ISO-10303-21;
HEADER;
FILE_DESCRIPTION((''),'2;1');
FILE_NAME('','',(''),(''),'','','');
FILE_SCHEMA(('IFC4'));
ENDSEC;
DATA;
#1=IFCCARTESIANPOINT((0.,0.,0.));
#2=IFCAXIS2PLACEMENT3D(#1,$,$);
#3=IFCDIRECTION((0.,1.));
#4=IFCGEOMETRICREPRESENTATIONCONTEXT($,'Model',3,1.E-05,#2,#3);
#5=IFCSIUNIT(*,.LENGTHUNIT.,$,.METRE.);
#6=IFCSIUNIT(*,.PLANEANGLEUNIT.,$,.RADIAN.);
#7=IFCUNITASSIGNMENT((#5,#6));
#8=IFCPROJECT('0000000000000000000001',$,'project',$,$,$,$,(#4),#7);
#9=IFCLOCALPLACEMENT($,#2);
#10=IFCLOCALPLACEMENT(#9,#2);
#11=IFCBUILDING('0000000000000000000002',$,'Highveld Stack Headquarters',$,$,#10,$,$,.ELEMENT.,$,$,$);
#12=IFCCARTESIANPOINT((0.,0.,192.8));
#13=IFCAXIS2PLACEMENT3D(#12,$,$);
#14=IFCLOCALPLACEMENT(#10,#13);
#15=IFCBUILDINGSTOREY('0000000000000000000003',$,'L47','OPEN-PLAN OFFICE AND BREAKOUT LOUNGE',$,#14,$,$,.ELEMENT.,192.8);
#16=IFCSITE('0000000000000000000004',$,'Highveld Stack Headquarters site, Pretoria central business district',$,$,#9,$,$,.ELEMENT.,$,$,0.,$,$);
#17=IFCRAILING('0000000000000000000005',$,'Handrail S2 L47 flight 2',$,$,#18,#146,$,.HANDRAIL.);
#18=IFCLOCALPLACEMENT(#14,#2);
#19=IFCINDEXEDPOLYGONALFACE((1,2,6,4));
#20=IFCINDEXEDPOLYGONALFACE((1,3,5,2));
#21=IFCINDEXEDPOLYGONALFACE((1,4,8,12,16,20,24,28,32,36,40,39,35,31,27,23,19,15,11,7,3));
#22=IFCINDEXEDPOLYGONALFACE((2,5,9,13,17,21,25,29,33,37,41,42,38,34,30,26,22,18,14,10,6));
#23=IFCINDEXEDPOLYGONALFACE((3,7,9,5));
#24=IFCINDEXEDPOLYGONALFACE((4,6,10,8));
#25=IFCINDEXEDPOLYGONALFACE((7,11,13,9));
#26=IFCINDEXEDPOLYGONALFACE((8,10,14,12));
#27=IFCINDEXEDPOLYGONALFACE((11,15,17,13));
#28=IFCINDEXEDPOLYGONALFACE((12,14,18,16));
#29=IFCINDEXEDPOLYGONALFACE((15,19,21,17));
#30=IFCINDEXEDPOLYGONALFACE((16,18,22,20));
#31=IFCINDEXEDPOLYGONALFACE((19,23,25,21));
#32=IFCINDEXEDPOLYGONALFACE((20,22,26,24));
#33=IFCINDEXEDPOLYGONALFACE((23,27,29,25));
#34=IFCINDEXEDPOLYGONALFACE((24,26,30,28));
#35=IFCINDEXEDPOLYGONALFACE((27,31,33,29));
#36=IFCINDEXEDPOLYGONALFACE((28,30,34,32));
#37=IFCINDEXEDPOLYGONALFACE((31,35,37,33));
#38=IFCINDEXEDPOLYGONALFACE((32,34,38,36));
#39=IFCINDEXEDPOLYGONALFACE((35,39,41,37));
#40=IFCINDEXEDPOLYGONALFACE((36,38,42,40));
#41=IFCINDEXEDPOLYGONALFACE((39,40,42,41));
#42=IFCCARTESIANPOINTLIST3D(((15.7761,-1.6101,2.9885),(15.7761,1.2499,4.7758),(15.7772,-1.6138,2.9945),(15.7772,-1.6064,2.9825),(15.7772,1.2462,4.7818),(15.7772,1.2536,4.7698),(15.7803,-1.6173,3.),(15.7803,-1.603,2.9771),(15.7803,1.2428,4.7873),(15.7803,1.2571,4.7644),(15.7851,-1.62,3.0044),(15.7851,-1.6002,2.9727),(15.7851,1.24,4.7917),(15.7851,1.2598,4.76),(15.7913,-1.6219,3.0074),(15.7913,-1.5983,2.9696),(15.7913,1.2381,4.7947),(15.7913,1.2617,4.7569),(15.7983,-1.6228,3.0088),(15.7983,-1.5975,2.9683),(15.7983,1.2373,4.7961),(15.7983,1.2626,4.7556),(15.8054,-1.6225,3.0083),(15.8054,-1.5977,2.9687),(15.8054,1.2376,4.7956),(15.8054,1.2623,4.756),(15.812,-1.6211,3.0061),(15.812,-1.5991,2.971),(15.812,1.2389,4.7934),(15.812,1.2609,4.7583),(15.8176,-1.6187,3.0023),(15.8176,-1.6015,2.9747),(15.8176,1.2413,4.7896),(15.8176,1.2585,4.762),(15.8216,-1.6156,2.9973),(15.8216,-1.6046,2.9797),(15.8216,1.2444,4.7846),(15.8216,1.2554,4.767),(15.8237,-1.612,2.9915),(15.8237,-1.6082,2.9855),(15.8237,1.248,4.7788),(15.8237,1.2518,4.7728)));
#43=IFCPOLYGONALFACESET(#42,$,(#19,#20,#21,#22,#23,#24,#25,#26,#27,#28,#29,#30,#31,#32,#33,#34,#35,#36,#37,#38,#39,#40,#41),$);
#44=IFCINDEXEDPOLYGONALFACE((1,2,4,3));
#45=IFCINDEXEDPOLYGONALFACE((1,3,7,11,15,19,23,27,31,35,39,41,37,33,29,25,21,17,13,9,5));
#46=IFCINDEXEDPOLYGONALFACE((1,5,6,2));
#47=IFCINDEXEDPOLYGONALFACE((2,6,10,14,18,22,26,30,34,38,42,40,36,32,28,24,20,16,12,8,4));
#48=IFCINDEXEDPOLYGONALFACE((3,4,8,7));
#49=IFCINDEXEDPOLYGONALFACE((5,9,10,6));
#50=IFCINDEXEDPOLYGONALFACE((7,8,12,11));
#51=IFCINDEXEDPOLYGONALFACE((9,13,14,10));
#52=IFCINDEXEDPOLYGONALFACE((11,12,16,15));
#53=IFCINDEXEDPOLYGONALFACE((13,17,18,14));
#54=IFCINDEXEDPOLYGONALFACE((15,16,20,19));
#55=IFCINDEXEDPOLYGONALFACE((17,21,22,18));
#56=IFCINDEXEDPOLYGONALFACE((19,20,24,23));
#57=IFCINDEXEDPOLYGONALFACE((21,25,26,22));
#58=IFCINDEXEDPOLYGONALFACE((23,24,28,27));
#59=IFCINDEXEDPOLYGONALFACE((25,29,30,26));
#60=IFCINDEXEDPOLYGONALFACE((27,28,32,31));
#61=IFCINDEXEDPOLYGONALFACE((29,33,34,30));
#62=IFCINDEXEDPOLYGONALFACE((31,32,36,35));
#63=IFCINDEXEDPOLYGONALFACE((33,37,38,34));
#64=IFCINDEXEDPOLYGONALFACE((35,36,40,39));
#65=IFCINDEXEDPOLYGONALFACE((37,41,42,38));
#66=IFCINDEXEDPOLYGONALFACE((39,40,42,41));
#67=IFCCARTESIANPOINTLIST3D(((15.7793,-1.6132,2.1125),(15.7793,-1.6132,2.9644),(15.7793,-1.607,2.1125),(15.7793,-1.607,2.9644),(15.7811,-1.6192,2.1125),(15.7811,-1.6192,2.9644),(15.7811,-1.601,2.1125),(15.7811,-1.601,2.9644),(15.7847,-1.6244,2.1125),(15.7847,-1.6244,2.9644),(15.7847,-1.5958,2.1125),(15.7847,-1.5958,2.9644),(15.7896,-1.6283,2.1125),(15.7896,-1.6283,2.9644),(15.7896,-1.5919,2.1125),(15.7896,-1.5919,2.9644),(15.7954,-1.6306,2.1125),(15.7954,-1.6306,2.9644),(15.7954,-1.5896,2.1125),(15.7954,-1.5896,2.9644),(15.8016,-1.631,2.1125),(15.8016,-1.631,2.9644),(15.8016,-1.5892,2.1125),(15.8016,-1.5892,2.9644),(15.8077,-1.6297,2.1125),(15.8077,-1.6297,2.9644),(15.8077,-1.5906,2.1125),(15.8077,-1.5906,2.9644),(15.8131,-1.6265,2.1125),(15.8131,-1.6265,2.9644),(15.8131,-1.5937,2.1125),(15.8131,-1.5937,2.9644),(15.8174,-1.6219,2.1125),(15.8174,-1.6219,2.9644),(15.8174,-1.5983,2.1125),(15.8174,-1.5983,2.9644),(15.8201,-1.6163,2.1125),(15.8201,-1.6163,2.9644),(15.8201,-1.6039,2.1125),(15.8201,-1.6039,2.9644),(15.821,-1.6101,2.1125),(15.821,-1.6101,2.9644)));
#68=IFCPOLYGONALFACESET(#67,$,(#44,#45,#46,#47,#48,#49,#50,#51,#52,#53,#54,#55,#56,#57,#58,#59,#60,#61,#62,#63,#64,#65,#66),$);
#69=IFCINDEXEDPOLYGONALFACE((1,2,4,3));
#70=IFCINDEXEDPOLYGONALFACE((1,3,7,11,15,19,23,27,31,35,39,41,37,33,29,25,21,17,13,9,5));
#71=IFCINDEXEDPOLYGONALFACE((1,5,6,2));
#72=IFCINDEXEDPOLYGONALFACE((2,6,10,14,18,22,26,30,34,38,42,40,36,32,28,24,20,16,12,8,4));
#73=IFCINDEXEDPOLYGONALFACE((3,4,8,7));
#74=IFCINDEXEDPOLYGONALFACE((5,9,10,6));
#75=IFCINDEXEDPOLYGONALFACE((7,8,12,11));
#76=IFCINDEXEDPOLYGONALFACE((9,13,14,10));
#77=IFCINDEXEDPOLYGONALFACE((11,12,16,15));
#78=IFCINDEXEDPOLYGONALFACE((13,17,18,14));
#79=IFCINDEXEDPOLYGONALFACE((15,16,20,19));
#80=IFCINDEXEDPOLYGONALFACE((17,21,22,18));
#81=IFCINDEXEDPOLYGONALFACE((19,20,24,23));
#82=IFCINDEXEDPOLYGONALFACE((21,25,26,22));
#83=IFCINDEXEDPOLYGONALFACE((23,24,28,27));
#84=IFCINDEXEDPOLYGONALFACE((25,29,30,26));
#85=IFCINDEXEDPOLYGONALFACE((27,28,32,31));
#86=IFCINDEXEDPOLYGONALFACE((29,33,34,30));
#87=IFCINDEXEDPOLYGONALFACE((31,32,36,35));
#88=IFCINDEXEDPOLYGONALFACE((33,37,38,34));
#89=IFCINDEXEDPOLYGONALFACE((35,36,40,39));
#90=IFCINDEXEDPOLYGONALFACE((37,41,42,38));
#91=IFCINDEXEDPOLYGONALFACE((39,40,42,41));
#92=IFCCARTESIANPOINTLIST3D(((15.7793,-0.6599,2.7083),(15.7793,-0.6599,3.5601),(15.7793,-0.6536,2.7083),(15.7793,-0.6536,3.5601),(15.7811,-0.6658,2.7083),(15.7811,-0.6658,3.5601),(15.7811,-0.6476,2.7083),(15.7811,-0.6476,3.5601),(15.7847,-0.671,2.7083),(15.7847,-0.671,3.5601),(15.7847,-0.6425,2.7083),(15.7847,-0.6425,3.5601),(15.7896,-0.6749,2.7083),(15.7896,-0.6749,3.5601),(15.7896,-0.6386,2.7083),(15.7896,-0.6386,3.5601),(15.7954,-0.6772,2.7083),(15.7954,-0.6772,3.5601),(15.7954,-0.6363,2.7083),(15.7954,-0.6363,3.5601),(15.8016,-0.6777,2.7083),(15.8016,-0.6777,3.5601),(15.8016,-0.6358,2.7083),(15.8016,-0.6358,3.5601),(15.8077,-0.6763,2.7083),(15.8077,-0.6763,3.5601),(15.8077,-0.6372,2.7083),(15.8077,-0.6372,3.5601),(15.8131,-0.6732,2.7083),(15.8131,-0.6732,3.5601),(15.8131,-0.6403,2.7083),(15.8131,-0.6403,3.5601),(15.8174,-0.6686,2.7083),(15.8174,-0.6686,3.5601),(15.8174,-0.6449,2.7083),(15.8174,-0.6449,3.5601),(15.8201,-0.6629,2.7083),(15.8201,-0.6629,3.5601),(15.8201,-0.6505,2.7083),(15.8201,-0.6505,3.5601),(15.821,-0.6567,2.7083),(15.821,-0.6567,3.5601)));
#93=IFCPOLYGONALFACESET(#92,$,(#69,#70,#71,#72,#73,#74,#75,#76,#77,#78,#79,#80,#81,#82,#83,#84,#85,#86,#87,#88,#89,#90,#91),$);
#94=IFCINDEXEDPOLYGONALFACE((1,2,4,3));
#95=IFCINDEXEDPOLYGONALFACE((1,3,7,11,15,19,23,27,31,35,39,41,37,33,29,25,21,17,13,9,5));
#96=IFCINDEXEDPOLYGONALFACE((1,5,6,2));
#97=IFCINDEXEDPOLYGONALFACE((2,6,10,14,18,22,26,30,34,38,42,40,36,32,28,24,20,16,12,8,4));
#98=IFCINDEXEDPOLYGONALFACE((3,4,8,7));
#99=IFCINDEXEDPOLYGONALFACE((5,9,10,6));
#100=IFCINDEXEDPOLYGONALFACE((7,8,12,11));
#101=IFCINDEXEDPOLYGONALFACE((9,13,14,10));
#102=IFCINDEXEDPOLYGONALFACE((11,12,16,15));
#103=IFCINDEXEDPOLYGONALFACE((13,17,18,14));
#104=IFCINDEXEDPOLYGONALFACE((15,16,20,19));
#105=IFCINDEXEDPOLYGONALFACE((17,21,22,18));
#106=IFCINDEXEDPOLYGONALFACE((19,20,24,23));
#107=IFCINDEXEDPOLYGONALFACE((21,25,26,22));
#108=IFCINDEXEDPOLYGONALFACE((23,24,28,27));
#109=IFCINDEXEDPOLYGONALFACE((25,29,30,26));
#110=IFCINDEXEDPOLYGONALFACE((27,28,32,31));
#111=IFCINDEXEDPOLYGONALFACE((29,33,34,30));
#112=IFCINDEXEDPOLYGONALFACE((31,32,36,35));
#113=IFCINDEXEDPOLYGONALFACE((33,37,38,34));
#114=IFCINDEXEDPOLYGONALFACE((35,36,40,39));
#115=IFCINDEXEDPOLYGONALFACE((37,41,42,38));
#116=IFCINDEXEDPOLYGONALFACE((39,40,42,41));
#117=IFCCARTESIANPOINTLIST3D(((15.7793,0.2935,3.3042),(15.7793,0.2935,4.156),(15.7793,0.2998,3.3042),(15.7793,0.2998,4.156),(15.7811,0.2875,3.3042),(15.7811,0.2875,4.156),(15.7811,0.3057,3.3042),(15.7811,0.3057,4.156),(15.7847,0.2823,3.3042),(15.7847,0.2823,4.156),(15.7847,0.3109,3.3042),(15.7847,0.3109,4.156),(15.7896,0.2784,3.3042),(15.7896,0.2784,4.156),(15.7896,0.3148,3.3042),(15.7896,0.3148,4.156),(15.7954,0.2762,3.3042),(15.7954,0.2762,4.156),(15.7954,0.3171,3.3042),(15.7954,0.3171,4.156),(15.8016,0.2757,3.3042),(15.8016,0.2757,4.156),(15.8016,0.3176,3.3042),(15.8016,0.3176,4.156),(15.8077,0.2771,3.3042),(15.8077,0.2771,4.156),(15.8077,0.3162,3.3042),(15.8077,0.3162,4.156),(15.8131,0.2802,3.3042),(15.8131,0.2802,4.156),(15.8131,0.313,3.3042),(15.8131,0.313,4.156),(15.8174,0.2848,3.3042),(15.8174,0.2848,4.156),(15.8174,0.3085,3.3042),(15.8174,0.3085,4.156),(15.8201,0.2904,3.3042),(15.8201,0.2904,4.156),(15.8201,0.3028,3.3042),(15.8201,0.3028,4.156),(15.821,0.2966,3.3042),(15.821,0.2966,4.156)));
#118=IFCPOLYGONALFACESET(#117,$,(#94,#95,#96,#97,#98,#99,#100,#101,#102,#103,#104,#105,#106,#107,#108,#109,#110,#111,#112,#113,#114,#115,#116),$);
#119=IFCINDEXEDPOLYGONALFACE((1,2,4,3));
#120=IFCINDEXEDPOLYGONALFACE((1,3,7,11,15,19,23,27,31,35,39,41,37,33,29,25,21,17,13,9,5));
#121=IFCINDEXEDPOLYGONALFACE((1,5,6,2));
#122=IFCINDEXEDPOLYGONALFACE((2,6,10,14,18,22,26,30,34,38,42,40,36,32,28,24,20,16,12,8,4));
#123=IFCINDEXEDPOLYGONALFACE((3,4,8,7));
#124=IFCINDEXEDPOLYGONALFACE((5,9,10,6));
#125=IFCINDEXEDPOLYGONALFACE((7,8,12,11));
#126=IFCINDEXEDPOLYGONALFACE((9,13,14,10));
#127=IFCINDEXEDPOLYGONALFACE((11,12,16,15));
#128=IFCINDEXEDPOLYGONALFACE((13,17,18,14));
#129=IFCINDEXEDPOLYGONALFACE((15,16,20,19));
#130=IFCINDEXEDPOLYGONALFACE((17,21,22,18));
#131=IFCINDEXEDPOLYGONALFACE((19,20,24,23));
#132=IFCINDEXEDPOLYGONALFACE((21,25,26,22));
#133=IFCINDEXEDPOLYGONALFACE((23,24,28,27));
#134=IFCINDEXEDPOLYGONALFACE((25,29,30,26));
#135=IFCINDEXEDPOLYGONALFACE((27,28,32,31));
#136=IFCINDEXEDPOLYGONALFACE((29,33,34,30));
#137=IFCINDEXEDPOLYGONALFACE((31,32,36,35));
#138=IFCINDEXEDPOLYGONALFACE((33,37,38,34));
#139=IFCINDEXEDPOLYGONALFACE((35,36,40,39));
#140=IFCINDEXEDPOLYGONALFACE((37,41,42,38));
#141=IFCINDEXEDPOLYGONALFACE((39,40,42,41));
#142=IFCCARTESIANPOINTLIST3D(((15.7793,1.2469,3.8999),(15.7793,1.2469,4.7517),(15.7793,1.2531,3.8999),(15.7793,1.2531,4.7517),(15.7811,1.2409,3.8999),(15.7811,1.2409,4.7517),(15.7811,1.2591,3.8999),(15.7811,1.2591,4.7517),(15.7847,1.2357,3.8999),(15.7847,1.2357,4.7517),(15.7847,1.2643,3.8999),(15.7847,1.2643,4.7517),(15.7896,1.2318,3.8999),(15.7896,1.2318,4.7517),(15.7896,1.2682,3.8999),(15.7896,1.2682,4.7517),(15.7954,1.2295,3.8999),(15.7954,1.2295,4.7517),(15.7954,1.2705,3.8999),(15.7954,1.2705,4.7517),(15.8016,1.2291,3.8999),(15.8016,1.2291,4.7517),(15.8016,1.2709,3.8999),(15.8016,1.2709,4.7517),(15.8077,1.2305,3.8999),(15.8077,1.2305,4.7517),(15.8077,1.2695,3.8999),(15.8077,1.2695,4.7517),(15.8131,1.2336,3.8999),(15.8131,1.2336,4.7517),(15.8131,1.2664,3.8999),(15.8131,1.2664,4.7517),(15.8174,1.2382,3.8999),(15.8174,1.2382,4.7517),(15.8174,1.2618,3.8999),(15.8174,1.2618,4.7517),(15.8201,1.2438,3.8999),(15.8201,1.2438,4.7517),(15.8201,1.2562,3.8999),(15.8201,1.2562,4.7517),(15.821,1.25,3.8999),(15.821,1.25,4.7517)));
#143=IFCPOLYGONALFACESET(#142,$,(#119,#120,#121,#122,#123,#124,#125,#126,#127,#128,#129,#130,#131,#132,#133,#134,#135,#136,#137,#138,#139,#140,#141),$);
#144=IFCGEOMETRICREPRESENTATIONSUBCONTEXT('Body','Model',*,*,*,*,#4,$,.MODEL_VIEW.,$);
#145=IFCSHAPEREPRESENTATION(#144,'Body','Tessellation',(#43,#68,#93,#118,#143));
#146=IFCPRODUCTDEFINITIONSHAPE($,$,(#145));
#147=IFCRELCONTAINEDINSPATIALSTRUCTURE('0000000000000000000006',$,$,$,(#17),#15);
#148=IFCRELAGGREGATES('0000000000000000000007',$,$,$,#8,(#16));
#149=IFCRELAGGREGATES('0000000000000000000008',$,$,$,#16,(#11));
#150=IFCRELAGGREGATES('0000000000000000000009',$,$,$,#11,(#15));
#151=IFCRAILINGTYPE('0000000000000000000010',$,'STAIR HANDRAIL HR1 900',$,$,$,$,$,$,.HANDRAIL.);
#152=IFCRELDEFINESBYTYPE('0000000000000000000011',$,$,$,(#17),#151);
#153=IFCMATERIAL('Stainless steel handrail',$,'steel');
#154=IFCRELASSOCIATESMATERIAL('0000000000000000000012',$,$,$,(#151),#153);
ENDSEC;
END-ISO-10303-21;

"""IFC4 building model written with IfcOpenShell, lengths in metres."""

from ifc_helpers import new_model, si_unit, direction, frame, origin, origin_2d, place, context, subcontext, project, spatial, circle, extrude, material, type_object, element, save


model = new_model("IFC4")

# Units and contexts
model_context = context("Model", 3, precision=1e-05, world=origin(), true_north=direction((0.0, 1.0)))
body_context = subcontext(model_context, "Body", "Model", "MODEL_VIEW")
ifc_project = project(units=[si_unit("LENGTHUNIT", "METRE"), si_unit("PLANEANGLEUNIT", "RADIAN")], contexts=[model_context])

# Site, building, storey
site_placement = place(None, origin())
site = spatial("IfcSite", under=ifc_project, at=site_placement, Name="Highveld Stack Headquarters site, Pretoria central business district", CompositionType="ELEMENT", RefElevation=0.0)
building_placement = place(site_placement, origin())
building = spatial("IfcBuilding", under=site, at=building_placement, Name="Highveld Stack Headquarters", CompositionType="ELEMENT")
storey_placement = place(building_placement, frame((0.0, 0.0, 192.8)))
storey = spatial("IfcBuildingStorey", under=building, at=storey_placement, Name="L47", Description="OPEN-PLAN OFFICE AND BREAKOUT LOUNGE", CompositionType="ELEMENT", Elevation=192.8)

# Railing
ifc_material_1 = material(Name="Stainless steel handrail", Category="steel")
railing_type = type_object("IfcRailingType", Name="STAIR HANDRAIL HR1 900", PredefinedType="HANDRAIL", material=ifc_material_1)
for number, where, name in (
    (1, (15.8, -1.6101, 2.1125), "Handrail S2 L47 flight 2"),
):
    element("IfcRailing", number, at=place(storey_placement, frame(where)), inside=storey, type_object=railing_type, Name=name, PredefinedType="HANDRAIL", context=body_context, shape_type="SweptSolid", body=[
        extrude(circle(Radius=0.0239, at=origin_2d()), frame((0.0, 0.0, 0.876), z_axis=(0.0, 0.848027, 0.529953), x_axis=(-1.0, 0.0, 0.0)), (0.0, 0.0, 1.0), 3.3726),
        extrude(circle(Radius=0.021, at=origin_2d()), origin(), (0.0, 0.0, 1.0), 0.8518),
        extrude(circle(Radius=0.021, at=origin_2d()), frame((0.0, 0.9534, 0.5957)), (0.0, 0.0, 1.0), 0.8518),
        extrude(circle(Radius=0.021, at=origin_2d()), frame((0.0, 1.9067, 1.1917)), (0.0, 0.0, 1.0), 0.8518),
        extrude(circle(Radius=0.021, at=origin_2d()), frame((0.0, 2.8601, 1.7874)), (0.0, 0.0, 1.0), 0.8518),
    ])

save(model, "model.ifc")
